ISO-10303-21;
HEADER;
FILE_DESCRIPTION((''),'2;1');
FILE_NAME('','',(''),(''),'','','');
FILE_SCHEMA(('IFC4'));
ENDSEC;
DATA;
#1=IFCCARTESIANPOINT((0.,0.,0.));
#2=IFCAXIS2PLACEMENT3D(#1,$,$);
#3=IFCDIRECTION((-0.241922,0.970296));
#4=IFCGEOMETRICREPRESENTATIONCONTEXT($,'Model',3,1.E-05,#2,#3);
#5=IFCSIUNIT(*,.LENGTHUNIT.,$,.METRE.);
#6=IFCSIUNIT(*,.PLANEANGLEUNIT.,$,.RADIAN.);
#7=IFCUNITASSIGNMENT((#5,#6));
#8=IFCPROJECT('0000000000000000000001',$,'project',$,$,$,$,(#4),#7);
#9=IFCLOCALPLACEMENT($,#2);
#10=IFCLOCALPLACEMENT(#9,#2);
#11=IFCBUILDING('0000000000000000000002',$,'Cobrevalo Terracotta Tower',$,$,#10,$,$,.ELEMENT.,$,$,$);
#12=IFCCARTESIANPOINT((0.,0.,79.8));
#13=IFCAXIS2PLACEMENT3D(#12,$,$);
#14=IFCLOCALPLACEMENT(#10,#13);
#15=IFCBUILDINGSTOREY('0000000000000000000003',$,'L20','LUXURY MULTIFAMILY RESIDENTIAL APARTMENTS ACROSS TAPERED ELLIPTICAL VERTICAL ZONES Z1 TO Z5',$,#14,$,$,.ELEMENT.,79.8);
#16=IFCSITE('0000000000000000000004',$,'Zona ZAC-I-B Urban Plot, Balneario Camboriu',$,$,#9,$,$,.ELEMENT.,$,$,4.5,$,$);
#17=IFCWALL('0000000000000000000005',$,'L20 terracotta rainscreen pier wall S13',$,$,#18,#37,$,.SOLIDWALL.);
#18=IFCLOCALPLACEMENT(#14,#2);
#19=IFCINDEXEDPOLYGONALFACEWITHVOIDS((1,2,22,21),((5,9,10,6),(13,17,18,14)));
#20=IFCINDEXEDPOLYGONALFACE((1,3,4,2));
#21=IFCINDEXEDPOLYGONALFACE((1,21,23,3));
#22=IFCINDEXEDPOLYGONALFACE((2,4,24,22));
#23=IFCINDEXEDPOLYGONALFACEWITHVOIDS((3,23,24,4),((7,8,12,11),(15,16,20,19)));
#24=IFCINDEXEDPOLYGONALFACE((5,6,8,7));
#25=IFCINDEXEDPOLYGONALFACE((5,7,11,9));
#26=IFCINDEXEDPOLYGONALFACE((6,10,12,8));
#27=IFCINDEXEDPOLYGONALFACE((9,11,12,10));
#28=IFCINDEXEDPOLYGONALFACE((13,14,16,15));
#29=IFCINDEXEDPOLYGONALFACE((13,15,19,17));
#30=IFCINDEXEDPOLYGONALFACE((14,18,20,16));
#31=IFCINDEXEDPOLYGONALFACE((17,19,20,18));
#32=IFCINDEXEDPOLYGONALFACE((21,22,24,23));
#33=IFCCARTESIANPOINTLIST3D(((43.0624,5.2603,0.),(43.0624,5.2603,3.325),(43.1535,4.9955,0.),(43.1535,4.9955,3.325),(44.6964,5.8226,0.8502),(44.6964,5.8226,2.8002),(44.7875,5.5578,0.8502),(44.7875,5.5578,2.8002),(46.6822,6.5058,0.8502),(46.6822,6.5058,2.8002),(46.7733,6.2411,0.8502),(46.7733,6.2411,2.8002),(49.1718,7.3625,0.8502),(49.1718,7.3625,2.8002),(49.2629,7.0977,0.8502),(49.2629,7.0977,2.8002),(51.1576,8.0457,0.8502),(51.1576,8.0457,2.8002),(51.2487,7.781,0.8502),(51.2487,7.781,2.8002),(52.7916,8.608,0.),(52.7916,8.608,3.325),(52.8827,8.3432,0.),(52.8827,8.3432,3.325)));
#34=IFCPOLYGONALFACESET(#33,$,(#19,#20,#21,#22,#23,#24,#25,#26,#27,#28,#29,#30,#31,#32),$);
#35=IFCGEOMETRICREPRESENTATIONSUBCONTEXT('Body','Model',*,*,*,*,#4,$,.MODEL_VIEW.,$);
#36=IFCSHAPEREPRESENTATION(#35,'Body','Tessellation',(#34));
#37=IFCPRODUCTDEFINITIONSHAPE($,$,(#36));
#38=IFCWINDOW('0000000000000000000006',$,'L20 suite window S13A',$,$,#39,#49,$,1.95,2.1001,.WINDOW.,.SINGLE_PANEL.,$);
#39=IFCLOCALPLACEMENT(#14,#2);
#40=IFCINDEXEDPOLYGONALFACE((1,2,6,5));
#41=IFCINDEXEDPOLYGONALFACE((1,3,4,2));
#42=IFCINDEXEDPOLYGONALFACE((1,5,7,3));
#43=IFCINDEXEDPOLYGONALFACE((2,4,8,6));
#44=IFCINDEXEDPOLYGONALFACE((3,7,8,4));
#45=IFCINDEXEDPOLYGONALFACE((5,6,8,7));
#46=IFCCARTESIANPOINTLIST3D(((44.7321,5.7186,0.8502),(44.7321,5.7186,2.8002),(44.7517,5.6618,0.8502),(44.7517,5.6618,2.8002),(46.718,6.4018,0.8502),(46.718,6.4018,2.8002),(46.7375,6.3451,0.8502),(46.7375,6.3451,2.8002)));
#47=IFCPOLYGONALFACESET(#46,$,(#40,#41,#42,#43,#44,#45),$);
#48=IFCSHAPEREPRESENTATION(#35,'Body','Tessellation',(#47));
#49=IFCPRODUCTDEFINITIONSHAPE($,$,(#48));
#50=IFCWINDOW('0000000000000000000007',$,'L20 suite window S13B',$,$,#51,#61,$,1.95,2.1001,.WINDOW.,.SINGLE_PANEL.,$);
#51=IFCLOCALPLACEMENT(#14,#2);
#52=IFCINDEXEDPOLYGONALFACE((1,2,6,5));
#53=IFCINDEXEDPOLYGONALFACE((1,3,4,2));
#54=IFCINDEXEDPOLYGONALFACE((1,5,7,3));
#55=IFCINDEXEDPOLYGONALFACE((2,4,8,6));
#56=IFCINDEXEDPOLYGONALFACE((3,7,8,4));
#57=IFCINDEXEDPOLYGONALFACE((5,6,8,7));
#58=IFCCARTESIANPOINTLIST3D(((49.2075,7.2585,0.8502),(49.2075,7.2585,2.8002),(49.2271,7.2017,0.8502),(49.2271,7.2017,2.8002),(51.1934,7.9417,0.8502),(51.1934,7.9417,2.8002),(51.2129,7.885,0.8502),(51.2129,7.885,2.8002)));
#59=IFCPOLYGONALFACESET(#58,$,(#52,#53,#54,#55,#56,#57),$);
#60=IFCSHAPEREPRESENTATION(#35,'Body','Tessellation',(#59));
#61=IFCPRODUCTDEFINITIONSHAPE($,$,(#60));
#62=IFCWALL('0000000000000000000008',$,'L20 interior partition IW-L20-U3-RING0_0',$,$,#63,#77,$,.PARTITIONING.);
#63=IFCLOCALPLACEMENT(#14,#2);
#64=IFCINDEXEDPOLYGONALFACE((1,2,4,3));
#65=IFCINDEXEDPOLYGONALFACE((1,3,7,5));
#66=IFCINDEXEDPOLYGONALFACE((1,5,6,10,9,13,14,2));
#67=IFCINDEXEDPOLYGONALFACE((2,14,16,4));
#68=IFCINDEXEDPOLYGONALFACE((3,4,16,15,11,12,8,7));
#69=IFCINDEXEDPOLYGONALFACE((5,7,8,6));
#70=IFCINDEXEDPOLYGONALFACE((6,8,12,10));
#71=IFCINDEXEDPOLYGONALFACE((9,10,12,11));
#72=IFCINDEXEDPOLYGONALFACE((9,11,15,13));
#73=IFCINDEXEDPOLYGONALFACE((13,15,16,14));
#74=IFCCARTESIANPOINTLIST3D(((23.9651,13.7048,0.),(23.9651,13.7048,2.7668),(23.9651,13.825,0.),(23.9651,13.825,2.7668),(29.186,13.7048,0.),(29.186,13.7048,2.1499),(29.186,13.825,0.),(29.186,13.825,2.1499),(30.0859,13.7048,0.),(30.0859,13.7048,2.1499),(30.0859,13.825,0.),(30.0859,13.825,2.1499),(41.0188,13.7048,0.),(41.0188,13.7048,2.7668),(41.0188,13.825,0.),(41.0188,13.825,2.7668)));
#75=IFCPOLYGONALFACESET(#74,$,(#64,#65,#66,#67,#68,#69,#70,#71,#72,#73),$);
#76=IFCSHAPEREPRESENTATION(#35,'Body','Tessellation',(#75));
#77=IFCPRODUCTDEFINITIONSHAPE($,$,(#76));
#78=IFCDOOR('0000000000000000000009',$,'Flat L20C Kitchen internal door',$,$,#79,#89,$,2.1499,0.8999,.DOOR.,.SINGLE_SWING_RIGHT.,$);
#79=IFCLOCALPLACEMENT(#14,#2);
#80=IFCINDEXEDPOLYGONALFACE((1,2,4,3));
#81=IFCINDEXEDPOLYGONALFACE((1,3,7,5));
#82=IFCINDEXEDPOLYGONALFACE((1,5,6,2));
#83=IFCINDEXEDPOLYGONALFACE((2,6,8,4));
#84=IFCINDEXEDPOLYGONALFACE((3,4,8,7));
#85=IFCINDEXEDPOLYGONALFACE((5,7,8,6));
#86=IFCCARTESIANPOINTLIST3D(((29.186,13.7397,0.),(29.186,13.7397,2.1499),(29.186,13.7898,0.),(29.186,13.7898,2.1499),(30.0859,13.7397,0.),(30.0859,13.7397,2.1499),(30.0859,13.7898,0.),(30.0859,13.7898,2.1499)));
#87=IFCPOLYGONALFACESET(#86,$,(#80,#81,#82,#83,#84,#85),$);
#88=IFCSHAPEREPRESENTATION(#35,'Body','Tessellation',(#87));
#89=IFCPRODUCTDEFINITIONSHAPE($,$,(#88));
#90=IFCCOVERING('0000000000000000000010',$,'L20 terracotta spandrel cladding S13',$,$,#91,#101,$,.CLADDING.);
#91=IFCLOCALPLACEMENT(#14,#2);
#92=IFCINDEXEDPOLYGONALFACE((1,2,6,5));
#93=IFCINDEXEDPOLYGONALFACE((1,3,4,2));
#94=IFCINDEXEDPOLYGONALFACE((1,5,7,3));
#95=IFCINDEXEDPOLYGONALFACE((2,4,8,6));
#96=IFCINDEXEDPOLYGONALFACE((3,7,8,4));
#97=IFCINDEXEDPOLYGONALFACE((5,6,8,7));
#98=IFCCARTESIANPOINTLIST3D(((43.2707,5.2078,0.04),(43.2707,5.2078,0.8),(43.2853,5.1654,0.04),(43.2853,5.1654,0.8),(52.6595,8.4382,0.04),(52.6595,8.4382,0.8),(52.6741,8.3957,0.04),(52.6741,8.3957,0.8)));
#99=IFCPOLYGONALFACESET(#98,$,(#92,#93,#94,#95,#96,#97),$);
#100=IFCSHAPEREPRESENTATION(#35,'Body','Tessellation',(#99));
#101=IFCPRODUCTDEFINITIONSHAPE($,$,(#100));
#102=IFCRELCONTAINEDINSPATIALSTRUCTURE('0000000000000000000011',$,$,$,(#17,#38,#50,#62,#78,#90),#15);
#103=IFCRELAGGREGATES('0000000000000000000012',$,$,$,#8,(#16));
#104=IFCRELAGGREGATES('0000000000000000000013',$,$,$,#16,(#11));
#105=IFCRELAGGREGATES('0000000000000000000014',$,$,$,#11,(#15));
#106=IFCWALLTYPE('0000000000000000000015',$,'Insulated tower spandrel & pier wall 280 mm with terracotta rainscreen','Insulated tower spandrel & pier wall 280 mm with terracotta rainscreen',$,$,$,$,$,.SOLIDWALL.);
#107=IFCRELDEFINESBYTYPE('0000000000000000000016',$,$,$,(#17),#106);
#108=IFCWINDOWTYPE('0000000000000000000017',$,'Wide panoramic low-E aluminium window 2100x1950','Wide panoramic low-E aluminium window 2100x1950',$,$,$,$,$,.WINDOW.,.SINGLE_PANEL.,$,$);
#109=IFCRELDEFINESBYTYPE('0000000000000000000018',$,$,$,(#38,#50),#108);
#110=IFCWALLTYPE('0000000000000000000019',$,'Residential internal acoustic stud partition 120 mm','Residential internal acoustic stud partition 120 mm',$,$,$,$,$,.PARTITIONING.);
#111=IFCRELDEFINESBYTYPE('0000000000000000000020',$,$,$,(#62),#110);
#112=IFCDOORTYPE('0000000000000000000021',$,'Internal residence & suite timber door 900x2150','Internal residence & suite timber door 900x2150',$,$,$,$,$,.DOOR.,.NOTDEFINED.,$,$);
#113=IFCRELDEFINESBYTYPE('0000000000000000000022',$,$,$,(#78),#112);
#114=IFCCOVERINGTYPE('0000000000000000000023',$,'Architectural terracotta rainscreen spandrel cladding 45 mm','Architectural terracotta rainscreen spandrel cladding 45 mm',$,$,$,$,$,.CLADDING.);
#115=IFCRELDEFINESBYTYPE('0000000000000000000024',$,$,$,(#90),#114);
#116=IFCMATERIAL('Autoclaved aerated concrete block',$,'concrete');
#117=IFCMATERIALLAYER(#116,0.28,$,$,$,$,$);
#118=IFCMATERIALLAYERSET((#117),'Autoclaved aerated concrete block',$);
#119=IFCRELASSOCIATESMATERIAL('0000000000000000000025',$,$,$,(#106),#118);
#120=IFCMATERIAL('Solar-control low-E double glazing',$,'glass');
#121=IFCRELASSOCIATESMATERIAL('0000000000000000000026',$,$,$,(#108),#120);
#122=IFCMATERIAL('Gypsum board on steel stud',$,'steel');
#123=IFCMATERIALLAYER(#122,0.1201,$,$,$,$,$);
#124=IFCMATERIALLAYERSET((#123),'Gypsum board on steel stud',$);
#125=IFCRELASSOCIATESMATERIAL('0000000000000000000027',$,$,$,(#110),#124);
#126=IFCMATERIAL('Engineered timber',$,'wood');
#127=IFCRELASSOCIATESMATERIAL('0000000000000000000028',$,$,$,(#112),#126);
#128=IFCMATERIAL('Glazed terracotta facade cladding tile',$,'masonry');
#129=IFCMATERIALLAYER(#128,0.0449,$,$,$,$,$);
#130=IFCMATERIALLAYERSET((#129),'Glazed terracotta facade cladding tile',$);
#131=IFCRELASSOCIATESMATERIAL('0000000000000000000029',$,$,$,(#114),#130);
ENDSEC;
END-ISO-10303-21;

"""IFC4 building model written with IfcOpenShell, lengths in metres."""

from ifc_helpers import new_model, si_unit, direction, frame, frame_2d, origin, origin_2d, place, context, subcontext, project, spatial, rectangle, extrude, source, transform, mapped, material, layer, layer_set, type_object, element, fill, save


model = new_model("IFC4")

# Units and contexts
model_context = context("Model", 3, precision=1e-05, world=origin(), true_north=direction((-0.241922, 0.970296)))
body_context = subcontext(model_context, "Body", "Model", "MODEL_VIEW")
ifc_project = project(units=[si_unit("LENGTHUNIT", "METRE"), si_unit("PLANEANGLEUNIT", "RADIAN")], contexts=[model_context])

# Site, building, storey
site_placement = place(None, origin())
site = spatial("IfcSite", under=ifc_project, at=site_placement, Name="Zona ZAC-I-B Urban Plot, Balneario Camboriu", CompositionType="ELEMENT", RefElevation=4.5)
building_placement = place(site_placement, origin())
building = spatial("IfcBuilding", under=site, at=building_placement, Name="Cobrevalo Terracotta Tower", CompositionType="ELEMENT")
storey_placement = place(building_placement, frame((0.0, 0.0, 79.8)))
storey = spatial("IfcBuildingStorey", under=building, at=storey_placement, Name="L20", Description="LUXURY MULTIFAMILY RESIDENTIAL APARTMENTS ACROSS TAPERED ELLIPTICAL VERTICAL ZONES Z1 TO Z5", CompositionType="ELEMENT", Elevation=79.8)

# Shared definitions
ifc_material_1 = material(Name="Solar-control low-E double glazing", Category="glass")

# Shared definitions
ifc_material_2 = material(Name="Gypsum board on steel stud", Category="steel")

# Shared definitions
ifc_material_3 = material(Name="Autoclaved aerated concrete block", Category="concrete")

# Wall, openings, windows
ifc_layer_1 = layer(ifc_material_3, 0.28)
ifc_layer_set_1 = layer_set([ifc_layer_1], Name="Autoclaved aerated concrete block")
wall_type_1 = type_object("IfcWallType", Name="Insulated tower spandrel & pier wall 280 mm with terracotta rainscreen", Description="Insulated tower spandrel & pier wall 280 mm with terracotta rainscreen", PredefinedType="SOLIDWALL", material=ifc_layer_set_1)
wall_1_placement = place(storey_placement, frame((43.1079, 5.1279, 0.0), z_axis=(0.0, 0.0, 1.0), x_axis=(0.94559, 0.32536, 0.0)))
wall_1 = element("IfcWall", 1, at=wall_1_placement, inside=storey, type_object=wall_type_1, Name="L20 terracotta rainscreen pier wall S13", PredefinedType="SOLIDWALL", context=body_context, shape_type="SweptSolid", body=[
    extrude(rectangle(XDim=10.2891, YDim=0.28, at=frame_2d((5.1445, 0.0))), origin(), (0.0, 0.0, 1.0), 3.325),
])
opening_1_placement = place(wall_1_placement, frame((1.728, 0.0, 0.8501)))
opening_1 = element("IfcOpeningElement", 2, at=opening_1_placement, cuts=wall_1, PredefinedType="OPENING", context=body_context, shape_type="SweptSolid", body=[
    extrude(rectangle(XDim=2.1001, YDim=1.95, at=frame_2d((1.05, 0.9751))), frame((0.0, 0.1499, 0.0), z_axis=(0.0, -1.0, 0.0), x_axis=(1.0, 0.0, 0.0)), (0.0, 0.0, 1.0), 0.3),
])
opening_2_placement = place(wall_1_placement, frame((6.4609, 0.0, 0.8501)))
opening_2 = element("IfcOpeningElement", 3, at=opening_2_placement, cuts=wall_1, PredefinedType="OPENING", context=body_context, shape_type="SweptSolid", body=[
    extrude(rectangle(XDim=2.1001, YDim=1.95, at=frame_2d((1.05, 0.9751))), frame((0.0, 0.1499, 0.0), z_axis=(0.0, -1.0, 0.0), x_axis=(1.0, 0.0, 0.0)), (0.0, 0.0, 1.0), 0.3),
])
window_type = type_object("IfcWindowType", Name="Wide panoramic low-E aluminium window 2100x1950", Description="Wide panoramic low-E aluminium window 2100x1950", PartitioningType="SINGLE_PANEL", PredefinedType="WINDOW", material=ifc_material_1)
shared_shape_1 = source(origin(), body_context, "Body", "SweptSolid", [
    extrude(rectangle(XDim=2.1001, YDim=1.95, at=frame_2d((1.05, 0.9751))), frame((0.0, 0.03, 0.0), z_axis=(0.0, -1.0, 0.0), x_axis=(1.0, 0.0, 0.0)), (0.0, 0.0, 1.0), 0.0601),
])
window_1_placement = place(opening_1_placement, origin())
window_1 = element("IfcWindow", 4, at=window_1_placement, inside=storey, type_object=window_type, Name="L20 suite window S13A", OverallHeight=1.95, OverallWidth=2.1001, PartitioningType="SINGLE_PANEL", PredefinedType="WINDOW", context=body_context, shape_type="MappedRepresentation", body=[
    mapped(shared_shape_1, transform((0.0, 0.0, 0.0), scale=1.0)),
])
fill(opening_1, window_1)
window_2_placement = place(opening_2_placement, origin())
window_2 = element("IfcWindow", 5, at=window_2_placement, inside=storey, type_object=window_type, Name="L20 suite window S13B", OverallHeight=1.95, OverallWidth=2.1001, PartitioningType="SINGLE_PANEL", PredefinedType="WINDOW", context=body_context, shape_type="MappedRepresentation", body=[
    mapped(shared_shape_1, transform((0.0, 0.0, 0.0), scale=1.0)),
])
fill(opening_2, window_2)

# Wall, opening, door
ifc_layer_2 = layer(ifc_material_2, 0.1201)
ifc_layer_set_2 = layer_set([ifc_layer_2], Name="Gypsum board on steel stud")
wall_type_2 = type_object("IfcWallType", Name="Residential internal acoustic stud partition 120 mm", Description="Residential internal acoustic stud partition 120 mm", PredefinedType="PARTITIONING", material=ifc_layer_set_2)
wall_2_placement = place(storey_placement, frame((41.0188, 13.7649, 0.0), z_axis=(0.0, 0.0, 1.0), x_axis=(-1.0, 0.0, 0.0)))
wall_2 = element("IfcWall", 6, at=wall_2_placement, inside=storey, type_object=wall_type_2, Name="L20 interior partition IW-L20-U3-RING0_0", PredefinedType="PARTITIONING", context=body_context, shape_type="SweptSolid", body=[
    extrude(rectangle(XDim=17.0537, YDim=0.1201, at=frame_2d((8.5269, 0.0))), origin(), (0.0, 0.0, 1.0), 2.7668),
])
opening_3_placement = place(wall_2_placement, frame((10.9329, 0.0, 0.0)))
opening_3 = element("IfcOpeningElement", 7, at=opening_3_placement, cuts=wall_2, PredefinedType="OPENING", context=body_context, shape_type="SweptSolid", body=[
    extrude(rectangle(XDim=0.8999, YDim=2.1499, at=frame_2d((0.45, 1.075))), frame((0.0, 0.0701, 0.0), z_axis=(0.0, -1.0, 0.0), x_axis=(1.0, 0.0, 0.0)), (0.0, 0.0, 1.0), 0.1401),
])
ifc_material_4 = material(Name="Engineered timber", Category="wood")
door_type_1 = type_object("IfcDoorType", Name="Internal residence & suite timber door 900x2150", Description="Internal residence & suite timber door 900x2150", OperationType="NOTDEFINED", PredefinedType="DOOR", material=ifc_material_4)
shared_shape_2 = source(origin(), body_context, "Body", "SweptSolid", [
    extrude(rectangle(XDim=0.8999, YDim=2.1499, at=frame_2d((0.45, 1.075))), frame((0.0, 0.0249, 0.0), z_axis=(0.0, -1.0, 0.0), x_axis=(1.0, 0.0, 0.0)), (0.0, 0.0, 1.0), 0.05),
])
door_1_placement = place(opening_3_placement, frame((0.8999, 0.0, 0.0), z_axis=(0.0, 0.0, 1.0), x_axis=(-1.0, 0.0, 0.0)))
door_1 = element("IfcDoor", 8, at=door_1_placement, inside=storey, type_object=door_type_1, Name="Flat L20C Kitchen internal door", OperationType="SINGLE_SWING_RIGHT", OverallHeight=2.1499, OverallWidth=0.8999, PredefinedType="DOOR", context=body_context, shape_type="MappedRepresentation", body=[
    mapped(shared_shape_2, transform((0.0, 0.0, 0.0), scale=1.0)),
])
fill(opening_3, door_1)

# Covering
ifc_material_5 = material(Name="Glazed terracotta facade cladding tile", Category="masonry")
ifc_layer_3 = layer(ifc_material_5, 0.0449)
ifc_layer_set_3 = layer_set([ifc_layer_3], Name="Glazed terracotta facade cladding tile")
covering_type = type_object("IfcCoveringType", Name="Architectural terracotta rainscreen spandrel cladding 45 mm", Description="Architectural terracotta rainscreen spandrel cladding 45 mm", PredefinedType="CLADDING", material=ifc_layer_set_3)
shared_shape_3 = source(origin(), body_context, "Body", "SweptSolid", [
    extrude(rectangle(XDim=9.929, YDim=0.0449, at=origin_2d()), origin(), (0.0, 0.0, 1.0), 0.76),
])
covering_placement = place(storey_placement, frame((47.9724, 6.8018, 0.04), z_axis=(0.0, 0.0, 1.0), x_axis=(0.945596, 0.325342, 0.0)))
element("IfcCovering", 9, at=covering_placement, inside=storey, type_object=covering_type, Name="L20 terracotta spandrel cladding S13", PredefinedType="CLADDING", context=body_context, shape_type="MappedRepresentation", body=[
    mapped(shared_shape_3, transform((0.0, 0.0, 0.0), scale=1.0)),
])

save(model, "model.ifc")
